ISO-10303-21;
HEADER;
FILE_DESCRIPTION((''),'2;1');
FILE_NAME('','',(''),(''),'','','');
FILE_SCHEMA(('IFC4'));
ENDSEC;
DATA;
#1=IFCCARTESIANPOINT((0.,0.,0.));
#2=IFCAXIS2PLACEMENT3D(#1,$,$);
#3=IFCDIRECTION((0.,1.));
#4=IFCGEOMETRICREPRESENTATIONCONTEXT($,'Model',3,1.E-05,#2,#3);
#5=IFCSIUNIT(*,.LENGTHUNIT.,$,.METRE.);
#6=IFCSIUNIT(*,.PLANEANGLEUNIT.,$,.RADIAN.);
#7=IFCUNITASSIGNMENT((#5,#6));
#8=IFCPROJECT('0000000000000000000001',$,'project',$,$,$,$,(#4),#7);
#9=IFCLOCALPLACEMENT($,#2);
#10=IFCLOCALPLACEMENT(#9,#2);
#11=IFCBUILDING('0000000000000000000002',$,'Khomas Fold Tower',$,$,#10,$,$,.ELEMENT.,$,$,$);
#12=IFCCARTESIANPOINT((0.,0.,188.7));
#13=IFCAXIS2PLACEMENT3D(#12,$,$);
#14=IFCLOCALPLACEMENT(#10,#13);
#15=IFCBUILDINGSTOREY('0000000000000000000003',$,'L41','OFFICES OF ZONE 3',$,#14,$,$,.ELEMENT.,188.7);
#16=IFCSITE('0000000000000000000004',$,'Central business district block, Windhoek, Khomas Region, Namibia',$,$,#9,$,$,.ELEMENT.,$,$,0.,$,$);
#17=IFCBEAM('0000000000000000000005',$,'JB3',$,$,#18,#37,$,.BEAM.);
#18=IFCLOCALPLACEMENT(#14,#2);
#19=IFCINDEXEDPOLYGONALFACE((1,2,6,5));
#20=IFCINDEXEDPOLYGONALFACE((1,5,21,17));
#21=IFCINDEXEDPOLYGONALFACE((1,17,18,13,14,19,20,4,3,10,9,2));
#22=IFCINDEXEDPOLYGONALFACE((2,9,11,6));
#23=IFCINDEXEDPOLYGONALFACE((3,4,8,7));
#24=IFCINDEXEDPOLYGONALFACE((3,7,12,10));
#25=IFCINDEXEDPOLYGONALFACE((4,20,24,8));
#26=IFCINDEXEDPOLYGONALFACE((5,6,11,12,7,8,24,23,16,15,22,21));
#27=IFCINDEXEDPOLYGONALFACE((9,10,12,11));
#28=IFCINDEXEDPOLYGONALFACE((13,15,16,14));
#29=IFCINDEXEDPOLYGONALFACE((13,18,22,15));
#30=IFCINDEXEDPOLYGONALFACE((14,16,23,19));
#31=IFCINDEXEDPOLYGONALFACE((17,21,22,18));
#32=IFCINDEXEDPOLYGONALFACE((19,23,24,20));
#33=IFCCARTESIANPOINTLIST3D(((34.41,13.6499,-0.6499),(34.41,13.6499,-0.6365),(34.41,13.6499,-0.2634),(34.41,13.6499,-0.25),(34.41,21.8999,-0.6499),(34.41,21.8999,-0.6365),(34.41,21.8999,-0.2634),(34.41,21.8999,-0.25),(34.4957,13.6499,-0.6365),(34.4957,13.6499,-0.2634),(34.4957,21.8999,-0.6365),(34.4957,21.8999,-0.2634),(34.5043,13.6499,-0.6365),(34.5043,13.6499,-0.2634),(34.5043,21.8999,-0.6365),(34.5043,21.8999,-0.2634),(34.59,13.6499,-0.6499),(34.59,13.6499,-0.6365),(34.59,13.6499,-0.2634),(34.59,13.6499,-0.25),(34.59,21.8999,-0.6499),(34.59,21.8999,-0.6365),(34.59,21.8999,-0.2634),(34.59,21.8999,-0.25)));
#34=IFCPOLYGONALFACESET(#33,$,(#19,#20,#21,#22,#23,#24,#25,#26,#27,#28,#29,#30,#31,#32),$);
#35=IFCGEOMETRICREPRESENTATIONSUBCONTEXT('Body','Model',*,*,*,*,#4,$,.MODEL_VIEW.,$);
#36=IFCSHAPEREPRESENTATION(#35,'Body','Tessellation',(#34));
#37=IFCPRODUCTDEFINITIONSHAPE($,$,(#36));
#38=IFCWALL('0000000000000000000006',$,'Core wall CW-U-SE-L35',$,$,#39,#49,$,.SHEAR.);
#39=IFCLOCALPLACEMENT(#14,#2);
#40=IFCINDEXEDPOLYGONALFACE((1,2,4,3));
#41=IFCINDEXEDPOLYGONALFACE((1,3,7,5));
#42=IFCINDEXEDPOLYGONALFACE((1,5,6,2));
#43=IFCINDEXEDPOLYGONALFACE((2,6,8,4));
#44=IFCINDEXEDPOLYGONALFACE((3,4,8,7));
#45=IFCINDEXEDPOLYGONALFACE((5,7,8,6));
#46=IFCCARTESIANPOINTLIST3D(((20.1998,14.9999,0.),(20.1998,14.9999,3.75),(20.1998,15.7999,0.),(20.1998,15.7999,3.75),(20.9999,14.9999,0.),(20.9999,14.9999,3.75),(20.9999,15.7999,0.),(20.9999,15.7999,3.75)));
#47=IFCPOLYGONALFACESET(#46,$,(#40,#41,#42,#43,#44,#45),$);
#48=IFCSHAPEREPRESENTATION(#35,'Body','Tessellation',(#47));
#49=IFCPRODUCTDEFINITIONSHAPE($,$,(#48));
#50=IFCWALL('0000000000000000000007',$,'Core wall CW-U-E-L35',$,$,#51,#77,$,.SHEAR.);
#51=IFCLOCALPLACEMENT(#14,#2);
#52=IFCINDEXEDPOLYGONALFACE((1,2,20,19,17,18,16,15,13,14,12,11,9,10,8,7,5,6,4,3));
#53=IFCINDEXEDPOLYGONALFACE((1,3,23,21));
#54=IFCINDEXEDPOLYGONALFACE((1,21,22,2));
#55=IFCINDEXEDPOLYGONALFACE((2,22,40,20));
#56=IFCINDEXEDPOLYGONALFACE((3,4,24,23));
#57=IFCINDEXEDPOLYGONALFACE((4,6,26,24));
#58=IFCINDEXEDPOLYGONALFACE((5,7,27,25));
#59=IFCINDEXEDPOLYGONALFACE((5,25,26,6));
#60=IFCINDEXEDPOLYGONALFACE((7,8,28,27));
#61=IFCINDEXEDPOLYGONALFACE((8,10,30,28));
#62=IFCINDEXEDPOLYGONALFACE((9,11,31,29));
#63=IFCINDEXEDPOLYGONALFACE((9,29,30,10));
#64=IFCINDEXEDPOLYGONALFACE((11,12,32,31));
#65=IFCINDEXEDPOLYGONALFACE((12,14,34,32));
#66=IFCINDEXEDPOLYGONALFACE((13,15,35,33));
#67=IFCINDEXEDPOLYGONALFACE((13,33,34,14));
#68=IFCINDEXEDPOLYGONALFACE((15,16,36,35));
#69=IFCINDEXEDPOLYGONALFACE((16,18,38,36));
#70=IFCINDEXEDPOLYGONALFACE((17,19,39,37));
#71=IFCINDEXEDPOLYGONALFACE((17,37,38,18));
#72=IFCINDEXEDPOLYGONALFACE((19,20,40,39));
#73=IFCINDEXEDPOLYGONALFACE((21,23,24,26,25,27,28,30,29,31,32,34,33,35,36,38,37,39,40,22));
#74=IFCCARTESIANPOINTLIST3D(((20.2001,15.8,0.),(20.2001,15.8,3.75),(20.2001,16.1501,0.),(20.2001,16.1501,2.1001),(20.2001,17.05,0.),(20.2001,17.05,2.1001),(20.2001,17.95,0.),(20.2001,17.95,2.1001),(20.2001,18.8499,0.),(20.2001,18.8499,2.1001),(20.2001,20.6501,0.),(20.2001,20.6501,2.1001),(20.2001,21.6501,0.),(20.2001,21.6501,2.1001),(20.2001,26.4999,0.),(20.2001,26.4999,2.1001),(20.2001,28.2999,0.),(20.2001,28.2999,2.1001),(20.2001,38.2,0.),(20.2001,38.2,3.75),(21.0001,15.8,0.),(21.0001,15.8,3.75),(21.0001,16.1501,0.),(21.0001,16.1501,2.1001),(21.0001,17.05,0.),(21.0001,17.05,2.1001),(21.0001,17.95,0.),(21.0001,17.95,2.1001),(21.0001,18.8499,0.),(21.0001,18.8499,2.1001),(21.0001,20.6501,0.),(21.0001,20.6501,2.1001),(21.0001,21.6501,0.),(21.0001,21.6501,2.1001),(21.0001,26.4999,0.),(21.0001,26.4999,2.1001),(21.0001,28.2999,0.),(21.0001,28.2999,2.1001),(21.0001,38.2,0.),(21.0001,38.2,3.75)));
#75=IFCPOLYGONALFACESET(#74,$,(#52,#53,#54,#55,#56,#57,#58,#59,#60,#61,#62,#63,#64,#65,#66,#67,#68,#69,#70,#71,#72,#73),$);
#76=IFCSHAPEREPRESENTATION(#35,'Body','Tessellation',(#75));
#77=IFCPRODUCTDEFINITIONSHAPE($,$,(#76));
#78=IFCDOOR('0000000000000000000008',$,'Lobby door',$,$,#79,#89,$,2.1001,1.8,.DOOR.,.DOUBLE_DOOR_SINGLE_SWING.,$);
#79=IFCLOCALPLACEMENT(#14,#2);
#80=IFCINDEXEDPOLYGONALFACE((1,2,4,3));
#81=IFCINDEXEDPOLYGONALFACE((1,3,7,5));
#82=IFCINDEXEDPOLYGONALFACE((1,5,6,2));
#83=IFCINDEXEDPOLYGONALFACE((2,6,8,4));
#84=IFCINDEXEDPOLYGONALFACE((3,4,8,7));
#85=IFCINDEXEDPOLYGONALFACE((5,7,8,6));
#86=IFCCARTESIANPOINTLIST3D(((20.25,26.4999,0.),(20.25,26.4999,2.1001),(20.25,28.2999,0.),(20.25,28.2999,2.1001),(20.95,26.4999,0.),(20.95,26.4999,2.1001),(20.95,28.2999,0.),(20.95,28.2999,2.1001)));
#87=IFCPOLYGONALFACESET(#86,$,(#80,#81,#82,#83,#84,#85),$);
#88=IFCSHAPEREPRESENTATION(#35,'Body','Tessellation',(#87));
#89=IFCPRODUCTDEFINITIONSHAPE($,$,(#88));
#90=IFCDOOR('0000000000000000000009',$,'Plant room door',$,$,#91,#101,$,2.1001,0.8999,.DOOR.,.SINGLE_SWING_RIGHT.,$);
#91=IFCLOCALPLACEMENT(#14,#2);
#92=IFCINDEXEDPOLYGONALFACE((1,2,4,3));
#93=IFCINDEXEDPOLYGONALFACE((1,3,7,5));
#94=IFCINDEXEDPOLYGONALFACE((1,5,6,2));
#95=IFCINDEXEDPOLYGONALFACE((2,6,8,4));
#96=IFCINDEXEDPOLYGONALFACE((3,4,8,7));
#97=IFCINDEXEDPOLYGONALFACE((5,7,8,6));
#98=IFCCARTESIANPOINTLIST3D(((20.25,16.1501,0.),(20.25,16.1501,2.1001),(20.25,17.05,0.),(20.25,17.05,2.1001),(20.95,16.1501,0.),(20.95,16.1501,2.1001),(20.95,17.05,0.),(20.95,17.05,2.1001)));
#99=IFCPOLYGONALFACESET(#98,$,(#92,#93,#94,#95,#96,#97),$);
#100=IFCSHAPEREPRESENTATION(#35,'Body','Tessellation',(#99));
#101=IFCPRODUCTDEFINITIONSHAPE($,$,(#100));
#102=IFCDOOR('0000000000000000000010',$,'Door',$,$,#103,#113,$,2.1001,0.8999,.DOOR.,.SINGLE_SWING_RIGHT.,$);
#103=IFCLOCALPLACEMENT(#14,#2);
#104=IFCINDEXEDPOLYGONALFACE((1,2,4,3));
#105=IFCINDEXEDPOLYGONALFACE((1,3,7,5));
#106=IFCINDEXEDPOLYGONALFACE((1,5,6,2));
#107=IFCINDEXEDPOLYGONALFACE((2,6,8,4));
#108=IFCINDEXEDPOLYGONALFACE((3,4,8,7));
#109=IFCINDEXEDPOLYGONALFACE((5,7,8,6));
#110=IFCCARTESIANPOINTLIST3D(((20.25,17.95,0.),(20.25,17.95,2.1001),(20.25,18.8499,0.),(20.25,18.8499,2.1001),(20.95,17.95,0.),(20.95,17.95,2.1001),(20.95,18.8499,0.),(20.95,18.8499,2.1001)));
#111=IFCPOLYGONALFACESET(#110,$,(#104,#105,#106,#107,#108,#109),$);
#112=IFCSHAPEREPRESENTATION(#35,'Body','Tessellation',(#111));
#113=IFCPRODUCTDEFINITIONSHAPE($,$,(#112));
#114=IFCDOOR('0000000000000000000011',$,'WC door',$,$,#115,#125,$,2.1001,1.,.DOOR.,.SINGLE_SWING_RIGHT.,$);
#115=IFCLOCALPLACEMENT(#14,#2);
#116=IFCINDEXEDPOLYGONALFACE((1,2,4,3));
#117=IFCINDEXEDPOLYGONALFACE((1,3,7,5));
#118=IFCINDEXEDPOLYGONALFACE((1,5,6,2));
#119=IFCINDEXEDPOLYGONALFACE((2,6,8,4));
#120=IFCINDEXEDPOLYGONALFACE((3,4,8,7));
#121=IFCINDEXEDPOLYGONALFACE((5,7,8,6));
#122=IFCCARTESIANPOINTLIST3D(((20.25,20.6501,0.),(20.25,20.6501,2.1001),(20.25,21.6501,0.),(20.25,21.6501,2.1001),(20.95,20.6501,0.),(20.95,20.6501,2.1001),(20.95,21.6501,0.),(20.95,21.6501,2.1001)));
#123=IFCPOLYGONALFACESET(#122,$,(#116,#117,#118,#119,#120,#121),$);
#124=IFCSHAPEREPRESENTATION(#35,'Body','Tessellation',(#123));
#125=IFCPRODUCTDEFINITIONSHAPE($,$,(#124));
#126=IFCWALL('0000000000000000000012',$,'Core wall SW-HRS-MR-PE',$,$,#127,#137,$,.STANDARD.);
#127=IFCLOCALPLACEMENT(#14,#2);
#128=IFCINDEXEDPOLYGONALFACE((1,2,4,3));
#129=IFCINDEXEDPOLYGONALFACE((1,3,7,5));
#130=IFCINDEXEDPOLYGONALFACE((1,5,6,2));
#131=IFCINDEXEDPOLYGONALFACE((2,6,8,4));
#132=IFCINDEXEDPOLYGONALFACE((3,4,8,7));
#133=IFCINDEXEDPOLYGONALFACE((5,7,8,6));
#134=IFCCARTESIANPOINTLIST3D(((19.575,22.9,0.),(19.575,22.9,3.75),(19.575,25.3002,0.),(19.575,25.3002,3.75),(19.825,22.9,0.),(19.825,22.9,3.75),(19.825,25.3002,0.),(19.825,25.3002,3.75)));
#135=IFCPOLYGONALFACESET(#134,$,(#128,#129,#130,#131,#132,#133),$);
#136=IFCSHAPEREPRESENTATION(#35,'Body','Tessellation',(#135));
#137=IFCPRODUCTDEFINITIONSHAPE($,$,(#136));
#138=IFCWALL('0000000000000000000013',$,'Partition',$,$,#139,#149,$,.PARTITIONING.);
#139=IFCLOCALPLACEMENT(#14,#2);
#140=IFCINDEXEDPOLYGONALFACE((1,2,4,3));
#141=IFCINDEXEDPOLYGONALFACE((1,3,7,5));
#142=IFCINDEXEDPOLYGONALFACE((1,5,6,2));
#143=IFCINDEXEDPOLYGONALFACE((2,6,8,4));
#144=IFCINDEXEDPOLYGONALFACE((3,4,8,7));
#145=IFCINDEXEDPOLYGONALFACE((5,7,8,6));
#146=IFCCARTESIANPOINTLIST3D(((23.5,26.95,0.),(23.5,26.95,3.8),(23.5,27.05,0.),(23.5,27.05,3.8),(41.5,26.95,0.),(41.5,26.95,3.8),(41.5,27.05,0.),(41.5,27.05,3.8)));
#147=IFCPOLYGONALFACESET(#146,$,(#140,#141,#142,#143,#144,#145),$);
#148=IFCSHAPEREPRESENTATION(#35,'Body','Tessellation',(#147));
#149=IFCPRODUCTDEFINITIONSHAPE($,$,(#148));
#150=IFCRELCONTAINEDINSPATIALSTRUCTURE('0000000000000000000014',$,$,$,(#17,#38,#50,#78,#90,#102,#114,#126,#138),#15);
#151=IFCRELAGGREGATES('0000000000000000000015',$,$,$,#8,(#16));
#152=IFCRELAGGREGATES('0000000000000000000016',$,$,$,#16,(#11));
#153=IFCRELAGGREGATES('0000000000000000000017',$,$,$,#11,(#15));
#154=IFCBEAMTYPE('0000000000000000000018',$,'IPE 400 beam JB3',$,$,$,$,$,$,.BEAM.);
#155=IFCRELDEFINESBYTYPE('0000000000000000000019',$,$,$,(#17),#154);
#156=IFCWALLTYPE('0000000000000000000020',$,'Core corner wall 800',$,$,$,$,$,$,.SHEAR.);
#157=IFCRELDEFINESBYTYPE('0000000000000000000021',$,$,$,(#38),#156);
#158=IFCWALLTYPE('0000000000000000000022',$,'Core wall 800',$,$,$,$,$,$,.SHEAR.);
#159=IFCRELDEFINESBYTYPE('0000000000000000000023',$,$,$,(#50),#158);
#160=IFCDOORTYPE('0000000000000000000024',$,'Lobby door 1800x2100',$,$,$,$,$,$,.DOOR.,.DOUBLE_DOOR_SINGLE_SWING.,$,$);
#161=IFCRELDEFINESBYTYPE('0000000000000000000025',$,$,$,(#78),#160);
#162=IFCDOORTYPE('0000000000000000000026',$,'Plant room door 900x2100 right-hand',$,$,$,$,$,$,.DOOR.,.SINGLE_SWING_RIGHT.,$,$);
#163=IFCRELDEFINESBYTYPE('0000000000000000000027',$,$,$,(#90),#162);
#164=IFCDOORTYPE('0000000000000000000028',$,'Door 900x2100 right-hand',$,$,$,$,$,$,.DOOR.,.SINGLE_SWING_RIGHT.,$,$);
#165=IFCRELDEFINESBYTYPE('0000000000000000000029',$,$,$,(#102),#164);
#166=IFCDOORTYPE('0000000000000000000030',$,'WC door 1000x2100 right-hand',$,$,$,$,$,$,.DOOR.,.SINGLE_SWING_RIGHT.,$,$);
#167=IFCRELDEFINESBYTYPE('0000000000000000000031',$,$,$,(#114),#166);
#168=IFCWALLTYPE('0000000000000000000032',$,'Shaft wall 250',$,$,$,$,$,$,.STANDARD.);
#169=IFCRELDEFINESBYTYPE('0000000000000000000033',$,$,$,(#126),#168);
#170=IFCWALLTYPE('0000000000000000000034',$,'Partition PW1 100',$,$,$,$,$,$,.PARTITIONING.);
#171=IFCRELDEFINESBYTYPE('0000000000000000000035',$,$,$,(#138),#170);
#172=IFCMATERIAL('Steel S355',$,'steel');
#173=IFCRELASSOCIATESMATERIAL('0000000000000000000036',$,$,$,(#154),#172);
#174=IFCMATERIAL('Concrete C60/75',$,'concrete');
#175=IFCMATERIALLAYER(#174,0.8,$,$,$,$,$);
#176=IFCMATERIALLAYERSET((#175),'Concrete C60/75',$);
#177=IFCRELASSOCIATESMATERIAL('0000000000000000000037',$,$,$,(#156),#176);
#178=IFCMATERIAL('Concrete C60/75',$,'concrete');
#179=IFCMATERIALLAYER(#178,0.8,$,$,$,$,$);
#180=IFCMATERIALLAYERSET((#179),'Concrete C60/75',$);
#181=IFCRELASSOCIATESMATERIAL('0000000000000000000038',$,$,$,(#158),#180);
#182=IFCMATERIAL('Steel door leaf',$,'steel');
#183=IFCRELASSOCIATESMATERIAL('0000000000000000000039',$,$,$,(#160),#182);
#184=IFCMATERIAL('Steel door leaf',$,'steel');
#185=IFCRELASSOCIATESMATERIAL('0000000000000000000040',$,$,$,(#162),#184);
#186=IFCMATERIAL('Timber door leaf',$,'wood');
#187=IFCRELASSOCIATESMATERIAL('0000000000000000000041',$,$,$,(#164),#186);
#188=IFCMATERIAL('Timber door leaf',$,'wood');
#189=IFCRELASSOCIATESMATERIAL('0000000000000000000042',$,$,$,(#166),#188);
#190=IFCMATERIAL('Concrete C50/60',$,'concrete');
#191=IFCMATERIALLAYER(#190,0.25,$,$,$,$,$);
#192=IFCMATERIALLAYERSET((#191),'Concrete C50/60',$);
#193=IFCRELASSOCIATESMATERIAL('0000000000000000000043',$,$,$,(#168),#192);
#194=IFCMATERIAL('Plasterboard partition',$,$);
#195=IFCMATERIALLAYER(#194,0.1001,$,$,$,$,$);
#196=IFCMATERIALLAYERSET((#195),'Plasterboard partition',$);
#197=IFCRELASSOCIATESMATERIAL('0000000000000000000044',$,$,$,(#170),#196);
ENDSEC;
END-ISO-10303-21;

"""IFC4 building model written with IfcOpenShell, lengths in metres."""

from ifc_helpers import new_model, si_unit, direction, frame, frame_2d, origin, origin_2d, place, context, subcontext, project, spatial, rectangle, i_section, extrude, source, transform, mapped, material, layer, layer_set, material_profile, profile_set, type_object, element, fill, save


model = new_model("IFC4")

# Units and contexts
model_context = context("Model", 3, precision=1e-05, world=origin(), true_north=direction((0.0, 1.0)))
body_context = subcontext(model_context, "Body", "Model", "MODEL_VIEW")
ifc_project = project(units=[si_unit("LENGTHUNIT", "METRE"), si_unit("PLANEANGLEUNIT", "RADIAN")], contexts=[model_context])

# Site, building, storey
site_placement = place(None, origin())
site = spatial("IfcSite", under=ifc_project, at=site_placement, Name="Central business district block, Windhoek, Khomas Region, Namibia", CompositionType="ELEMENT", RefElevation=0.0)
building_placement = place(site_placement, origin())
building = spatial("IfcBuilding", under=site, at=building_placement, Name="Khomas Fold Tower", CompositionType="ELEMENT")
storey_placement = place(building_placement, frame((0.0, 0.0, 188.7)))
storey = spatial("IfcBuildingStorey", under=building, at=storey_placement, Name="L41", Description="OFFICES OF ZONE 3", CompositionType="ELEMENT", Elevation=188.7)

# Beam
ifc_material_1 = material(Name="Steel S355", Category="steel")
ifc_material_profile_1 = material_profile(ifc_material_1, i_section(OverallWidth=0.1799, OverallDepth=0.3999, WebThickness=0.0085, FlangeThickness=0.0134, at=origin_2d()), Name="IPE 400")
ifc_profile_set_1 = profile_set([ifc_material_profile_1], Name="Steel S355")
beam_type_1 = type_object("IfcBeamType", Name="IPE 400 beam JB3", PredefinedType="BEAM", material=ifc_profile_set_1)
shared_shape_1 = source(origin(), body_context, "Body", "SweptSolid", [
    extrude(i_section(OverallWidth=0.1799, OverallDepth=0.3999, WebThickness=0.0085, FlangeThickness=0.0134, at=origin_2d()), origin(), (0.0, 0.0, 1.0), 8.25),
])
beam_1_placement = place(storey_placement, frame((34.5, 13.6499, -0.45), z_axis=(0.0, 1.0, 0.0), x_axis=(-1.0, 0.0, 0.0)))
element("IfcBeam", 1, at=beam_1_placement, inside=storey, type_object=beam_type_1, Name="JB3", PredefinedType="BEAM", context=body_context, shape_type="MappedRepresentation", body=[
    mapped(shared_shape_1, transform((0.0, 0.0, 0.0))),
])

# Wall
ifc_material_2 = material(Name="Concrete C60/75", Category="concrete")
ifc_layer_1 = layer(ifc_material_2, 0.8)
ifc_layer_set_1 = layer_set([ifc_layer_1], Name="Concrete C60/75")
wall_type_1 = type_object("IfcWallType", Name="Core corner wall 800", PredefinedType="SHEAR", material=ifc_layer_set_1)
shared_shape_2 = source(origin(), body_context, "Body", "SweptSolid", [
    extrude(rectangle(XDim=0.8, YDim=0.8, at=frame_2d((0.3999, 0.0))), origin(), (0.0, 0.0, 1.0), 3.75),
])
wall_1_placement = place(storey_placement, frame((20.2, 15.3999, 0.0), z_axis=(0.0, 0.0, 1.0), x_axis=(1.0, 0.0, 0.0)))
element("IfcWall", 2, at=wall_1_placement, inside=storey, type_object=wall_type_1, Name="Core wall CW-U-SE-L35", PredefinedType="SHEAR", context=body_context, shape_type="MappedRepresentation", body=[
    mapped(shared_shape_2, transform((0.0, 0.0, 0.0))),
])

# Wall, openings, doors
ifc_material_3 = material(Name="Concrete C60/75", Category="concrete")
ifc_layer_2 = layer(ifc_material_3, 0.8)
ifc_layer_set_2 = layer_set([ifc_layer_2], Name="Concrete C60/75")
wall_type_2 = type_object("IfcWallType", Name="Core wall 800", PredefinedType="SHEAR", material=ifc_layer_set_2)
shared_shape_3 = source(origin(), body_context, "Body", "SweptSolid", [
    extrude(rectangle(XDim=22.3999, YDim=0.8, at=frame_2d((11.2, 0.0))), origin(), (0.0, 0.0, 1.0), 3.75),
])
wall_2_placement = place(storey_placement, frame((20.6001, 15.8, 0.0), z_axis=(0.0, 0.0, 1.0), x_axis=(0.0, 1.0, 0.0)))
wall_2 = element("IfcWall", 3, at=wall_2_placement, inside=storey, type_object=wall_type_2, Name="Core wall CW-U-E-L35", PredefinedType="SHEAR", context=body_context, shape_type="MappedRepresentation", body=[
    mapped(shared_shape_3, transform((0.0, 0.0, 0.0))),
])
shared_shape_4 = source(origin(), body_context, "Body", "SweptSolid", [
    extrude(rectangle(XDim=1.8, YDim=2.1001, at=frame_2d((0.8999, 1.05))), frame((0.0, 0.4099, 0.0), z_axis=(0.0, -1.0, 0.0), x_axis=(1.0, 0.0, 0.0)), (0.0, 0.0, 1.0), 0.8201),
])
opening_1_placement = place(wall_2_placement, frame((10.7, 0.0, 0.0)))
opening_1 = element("IfcOpeningElement", 4, at=opening_1_placement, cuts=wall_2, PredefinedType="OPENING", context=body_context, shape_type="MappedRepresentation", body=[
    mapped(shared_shape_4, transform((0.0, 0.0, 0.0))),
])
shared_shape_5 = source(origin(), body_context, "Body", "SweptSolid", [
    extrude(rectangle(XDim=0.8999, YDim=2.1001, at=frame_2d((0.45, 1.05))), frame((0.0, 0.4099, 0.0), z_axis=(0.0, -1.0, 0.0), x_axis=(1.0, 0.0, 0.0)), (0.0, 0.0, 1.0), 0.8201),
])
opening_2_placement = place(wall_2_placement, frame((0.3501, 0.0, 0.0)))
opening_2 = element("IfcOpeningElement", 5, at=opening_2_placement, cuts=wall_2, PredefinedType="OPENING", context=body_context, shape_type="MappedRepresentation", body=[
    mapped(shared_shape_5, transform((0.0, 0.0, 0.0))),
])
opening_3_placement = place(wall_2_placement, frame((2.1499, 0.0, 0.0)))
opening_3 = element("IfcOpeningElement", 6, at=opening_3_placement, cuts=wall_2, PredefinedType="OPENING", context=body_context, shape_type="MappedRepresentation", body=[
    mapped(shared_shape_5, transform((0.0, 0.0, 0.0))),
])
shared_shape_6 = source(origin(), body_context, "Body", "SweptSolid", [
    extrude(rectangle(XDim=1.0, YDim=2.1001, at=frame_2d((0.5, 1.05))), frame((0.0, 0.4099, 0.0), z_axis=(0.0, -1.0, 0.0), x_axis=(1.0, 0.0, 0.0)), (0.0, 0.0, 1.0), 0.8201),
])
opening_4_placement = place(wall_2_placement, frame((4.8501, 0.0, 0.0)))
opening_4 = element("IfcOpeningElement", 7, at=opening_4_placement, cuts=wall_2, PredefinedType="OPENING", context=body_context, shape_type="MappedRepresentation", body=[
    mapped(shared_shape_6, transform((0.0, 0.0, 0.0))),
])
ifc_material_4 = material(Name="Steel door leaf", Category="steel")
door_type_1 = type_object("IfcDoorType", Name="Lobby door 1800x2100", OperationType="DOUBLE_DOOR_SINGLE_SWING", PredefinedType="DOOR", material=ifc_material_4)
shared_shape_7 = source(origin(), body_context, "Body", "SweptSolid", [
    extrude(rectangle(XDim=1.8, YDim=2.1001, at=frame_2d((0.8999, 1.05))), frame((0.0, 0.3501, 0.0), z_axis=(0.0, -1.0, 0.0), x_axis=(1.0, 0.0, 0.0)), (0.0, 0.0, 1.0), 0.7),
])
door_1_placement = place(opening_1_placement, origin())
door_1 = element("IfcDoor", 8, at=door_1_placement, inside=storey, type_object=door_type_1, Name="Lobby door", OperationType="DOUBLE_DOOR_SINGLE_SWING", OverallHeight=2.1001, OverallWidth=1.8, PredefinedType="DOOR", context=body_context, shape_type="MappedRepresentation", body=[
    mapped(shared_shape_7, transform((0.0, 0.0, 0.0))),
])
fill(opening_1, door_1)
ifc_material_5 = material(Name="Steel door leaf", Category="steel")
door_type_2 = type_object("IfcDoorType", Name="Plant room door 900x2100 right-hand", OperationType="SINGLE_SWING_RIGHT", PredefinedType="DOOR", material=ifc_material_5)
shared_shape_8 = source(origin(), body_context, "Body", "SweptSolid", [
    extrude(rectangle(XDim=0.8999, YDim=2.1001, at=frame_2d((0.45, 1.05))), frame((0.0, 0.3501, 0.0), z_axis=(0.0, -1.0, 0.0), x_axis=(1.0, 0.0, 0.0)), (0.0, 0.0, 1.0), 0.7),
])
door_2_placement = place(opening_2_placement, origin())
door_2 = element("IfcDoor", 9, at=door_2_placement, inside=storey, type_object=door_type_2, Name="Plant room door", OperationType="SINGLE_SWING_RIGHT", OverallHeight=2.1001, OverallWidth=0.8999, PredefinedType="DOOR", context=body_context, shape_type="MappedRepresentation", body=[
    mapped(shared_shape_8, transform((0.0, 0.0, 0.0))),
])
fill(opening_2, door_2)
ifc_material_6 = material(Name="Timber door leaf", Category="wood")
door_type_3 = type_object("IfcDoorType", Name="Door 900x2100 right-hand", OperationType="SINGLE_SWING_RIGHT", PredefinedType="DOOR", material=ifc_material_6)
door_3_placement = place(opening_3_placement, origin())
door_3 = element("IfcDoor", 10, at=door_3_placement, inside=storey, type_object=door_type_3, Name="Door", OperationType="SINGLE_SWING_RIGHT", OverallHeight=2.1001, OverallWidth=0.8999, PredefinedType="DOOR", context=body_context, shape_type="MappedRepresentation", body=[
    mapped(shared_shape_8, transform((0.0, 0.0, 0.0))),
])
fill(opening_3, door_3)
ifc_material_7 = material(Name="Timber door leaf", Category="wood")
door_type_4 = type_object("IfcDoorType", Name="WC door 1000x2100 right-hand", OperationType="SINGLE_SWING_RIGHT", PredefinedType="DOOR", material=ifc_material_7)
shared_shape_9 = source(origin(), body_context, "Body", "SweptSolid", [
    extrude(rectangle(XDim=1.0, YDim=2.1001, at=frame_2d((0.5, 1.05))), frame((0.0, 0.3501, 0.0), z_axis=(0.0, -1.0, 0.0), x_axis=(1.0, 0.0, 0.0)), (0.0, 0.0, 1.0), 0.7),
])
door_4_placement = place(opening_4_placement, origin())
door_4 = element("IfcDoor", 11, at=door_4_placement, inside=storey, type_object=door_type_4, Name="WC door", OperationType="SINGLE_SWING_RIGHT", OverallHeight=2.1001, OverallWidth=1.0, PredefinedType="DOOR", context=body_context, shape_type="MappedRepresentation", body=[
    mapped(shared_shape_9, transform((0.0, 0.0, 0.0))),
])
fill(opening_4, door_4)

# Walls
ifc_material_8 = material(Name="Concrete C50/60", Category="concrete")
ifc_layer_3 = layer(ifc_material_8, 0.25)
ifc_layer_set_3 = layer_set([ifc_layer_3], Name="Concrete C50/60")
wall_type_3 = type_object("IfcWallType", Name="Shaft wall 250", PredefinedType="STANDARD", material=ifc_layer_set_3)
shared_shape_10 = source(origin(), body_context, "Body", "SweptSolid", [
    extrude(rectangle(XDim=2.4001, YDim=0.25, at=frame_2d((1.2002, 0.0))), origin(), (0.0, 0.0, 1.0), 3.75),
])
wall_3_placement = place(storey_placement, frame((19.7, 22.8999, 0.0), z_axis=(0.0, 0.0, 1.0), x_axis=(0.0, 1.0, 0.0)))
element("IfcWall", 12, at=wall_3_placement, inside=storey, type_object=wall_type_3, Name="Core wall SW-HRS-MR-PE", PredefinedType="STANDARD", context=body_context, shape_type="MappedRepresentation", body=[
    mapped(shared_shape_10, transform((0.0, 0.0, 0.0))),
])
ifc_material_9 = material(Name="Plasterboard partition")
ifc_layer_4 = layer(ifc_material_9, 0.1001)
ifc_layer_set_4 = layer_set([ifc_layer_4], Name="Plasterboard partition")
wall_type_4 = type_object("IfcWallType", Name="Partition PW1 100", PredefinedType="PARTITIONING", material=ifc_layer_set_4)
shared_shape_11 = source(origin(), body_context, "Body", "SweptSolid", [
    extrude(rectangle(XDim=18.0, YDim=0.1001, at=frame_2d((9.0, 0.0))), origin(), (0.0, 0.0, 1.0), 3.8),
])
wall_4_placement = place(storey_placement, frame((23.5, 27.0, 0.0), z_axis=(0.0, 0.0, 1.0), x_axis=(1.0, 0.0, 0.0)))
element("IfcWall", 13, at=wall_4_placement, inside=storey, type_object=wall_type_4, Name="Partition", PredefinedType="PARTITIONING", context=body_context, shape_type="MappedRepresentation", body=[
    mapped(shared_shape_11, transform((0.0, 0.0, 0.0))),
])

save(model, "model.ifc")
